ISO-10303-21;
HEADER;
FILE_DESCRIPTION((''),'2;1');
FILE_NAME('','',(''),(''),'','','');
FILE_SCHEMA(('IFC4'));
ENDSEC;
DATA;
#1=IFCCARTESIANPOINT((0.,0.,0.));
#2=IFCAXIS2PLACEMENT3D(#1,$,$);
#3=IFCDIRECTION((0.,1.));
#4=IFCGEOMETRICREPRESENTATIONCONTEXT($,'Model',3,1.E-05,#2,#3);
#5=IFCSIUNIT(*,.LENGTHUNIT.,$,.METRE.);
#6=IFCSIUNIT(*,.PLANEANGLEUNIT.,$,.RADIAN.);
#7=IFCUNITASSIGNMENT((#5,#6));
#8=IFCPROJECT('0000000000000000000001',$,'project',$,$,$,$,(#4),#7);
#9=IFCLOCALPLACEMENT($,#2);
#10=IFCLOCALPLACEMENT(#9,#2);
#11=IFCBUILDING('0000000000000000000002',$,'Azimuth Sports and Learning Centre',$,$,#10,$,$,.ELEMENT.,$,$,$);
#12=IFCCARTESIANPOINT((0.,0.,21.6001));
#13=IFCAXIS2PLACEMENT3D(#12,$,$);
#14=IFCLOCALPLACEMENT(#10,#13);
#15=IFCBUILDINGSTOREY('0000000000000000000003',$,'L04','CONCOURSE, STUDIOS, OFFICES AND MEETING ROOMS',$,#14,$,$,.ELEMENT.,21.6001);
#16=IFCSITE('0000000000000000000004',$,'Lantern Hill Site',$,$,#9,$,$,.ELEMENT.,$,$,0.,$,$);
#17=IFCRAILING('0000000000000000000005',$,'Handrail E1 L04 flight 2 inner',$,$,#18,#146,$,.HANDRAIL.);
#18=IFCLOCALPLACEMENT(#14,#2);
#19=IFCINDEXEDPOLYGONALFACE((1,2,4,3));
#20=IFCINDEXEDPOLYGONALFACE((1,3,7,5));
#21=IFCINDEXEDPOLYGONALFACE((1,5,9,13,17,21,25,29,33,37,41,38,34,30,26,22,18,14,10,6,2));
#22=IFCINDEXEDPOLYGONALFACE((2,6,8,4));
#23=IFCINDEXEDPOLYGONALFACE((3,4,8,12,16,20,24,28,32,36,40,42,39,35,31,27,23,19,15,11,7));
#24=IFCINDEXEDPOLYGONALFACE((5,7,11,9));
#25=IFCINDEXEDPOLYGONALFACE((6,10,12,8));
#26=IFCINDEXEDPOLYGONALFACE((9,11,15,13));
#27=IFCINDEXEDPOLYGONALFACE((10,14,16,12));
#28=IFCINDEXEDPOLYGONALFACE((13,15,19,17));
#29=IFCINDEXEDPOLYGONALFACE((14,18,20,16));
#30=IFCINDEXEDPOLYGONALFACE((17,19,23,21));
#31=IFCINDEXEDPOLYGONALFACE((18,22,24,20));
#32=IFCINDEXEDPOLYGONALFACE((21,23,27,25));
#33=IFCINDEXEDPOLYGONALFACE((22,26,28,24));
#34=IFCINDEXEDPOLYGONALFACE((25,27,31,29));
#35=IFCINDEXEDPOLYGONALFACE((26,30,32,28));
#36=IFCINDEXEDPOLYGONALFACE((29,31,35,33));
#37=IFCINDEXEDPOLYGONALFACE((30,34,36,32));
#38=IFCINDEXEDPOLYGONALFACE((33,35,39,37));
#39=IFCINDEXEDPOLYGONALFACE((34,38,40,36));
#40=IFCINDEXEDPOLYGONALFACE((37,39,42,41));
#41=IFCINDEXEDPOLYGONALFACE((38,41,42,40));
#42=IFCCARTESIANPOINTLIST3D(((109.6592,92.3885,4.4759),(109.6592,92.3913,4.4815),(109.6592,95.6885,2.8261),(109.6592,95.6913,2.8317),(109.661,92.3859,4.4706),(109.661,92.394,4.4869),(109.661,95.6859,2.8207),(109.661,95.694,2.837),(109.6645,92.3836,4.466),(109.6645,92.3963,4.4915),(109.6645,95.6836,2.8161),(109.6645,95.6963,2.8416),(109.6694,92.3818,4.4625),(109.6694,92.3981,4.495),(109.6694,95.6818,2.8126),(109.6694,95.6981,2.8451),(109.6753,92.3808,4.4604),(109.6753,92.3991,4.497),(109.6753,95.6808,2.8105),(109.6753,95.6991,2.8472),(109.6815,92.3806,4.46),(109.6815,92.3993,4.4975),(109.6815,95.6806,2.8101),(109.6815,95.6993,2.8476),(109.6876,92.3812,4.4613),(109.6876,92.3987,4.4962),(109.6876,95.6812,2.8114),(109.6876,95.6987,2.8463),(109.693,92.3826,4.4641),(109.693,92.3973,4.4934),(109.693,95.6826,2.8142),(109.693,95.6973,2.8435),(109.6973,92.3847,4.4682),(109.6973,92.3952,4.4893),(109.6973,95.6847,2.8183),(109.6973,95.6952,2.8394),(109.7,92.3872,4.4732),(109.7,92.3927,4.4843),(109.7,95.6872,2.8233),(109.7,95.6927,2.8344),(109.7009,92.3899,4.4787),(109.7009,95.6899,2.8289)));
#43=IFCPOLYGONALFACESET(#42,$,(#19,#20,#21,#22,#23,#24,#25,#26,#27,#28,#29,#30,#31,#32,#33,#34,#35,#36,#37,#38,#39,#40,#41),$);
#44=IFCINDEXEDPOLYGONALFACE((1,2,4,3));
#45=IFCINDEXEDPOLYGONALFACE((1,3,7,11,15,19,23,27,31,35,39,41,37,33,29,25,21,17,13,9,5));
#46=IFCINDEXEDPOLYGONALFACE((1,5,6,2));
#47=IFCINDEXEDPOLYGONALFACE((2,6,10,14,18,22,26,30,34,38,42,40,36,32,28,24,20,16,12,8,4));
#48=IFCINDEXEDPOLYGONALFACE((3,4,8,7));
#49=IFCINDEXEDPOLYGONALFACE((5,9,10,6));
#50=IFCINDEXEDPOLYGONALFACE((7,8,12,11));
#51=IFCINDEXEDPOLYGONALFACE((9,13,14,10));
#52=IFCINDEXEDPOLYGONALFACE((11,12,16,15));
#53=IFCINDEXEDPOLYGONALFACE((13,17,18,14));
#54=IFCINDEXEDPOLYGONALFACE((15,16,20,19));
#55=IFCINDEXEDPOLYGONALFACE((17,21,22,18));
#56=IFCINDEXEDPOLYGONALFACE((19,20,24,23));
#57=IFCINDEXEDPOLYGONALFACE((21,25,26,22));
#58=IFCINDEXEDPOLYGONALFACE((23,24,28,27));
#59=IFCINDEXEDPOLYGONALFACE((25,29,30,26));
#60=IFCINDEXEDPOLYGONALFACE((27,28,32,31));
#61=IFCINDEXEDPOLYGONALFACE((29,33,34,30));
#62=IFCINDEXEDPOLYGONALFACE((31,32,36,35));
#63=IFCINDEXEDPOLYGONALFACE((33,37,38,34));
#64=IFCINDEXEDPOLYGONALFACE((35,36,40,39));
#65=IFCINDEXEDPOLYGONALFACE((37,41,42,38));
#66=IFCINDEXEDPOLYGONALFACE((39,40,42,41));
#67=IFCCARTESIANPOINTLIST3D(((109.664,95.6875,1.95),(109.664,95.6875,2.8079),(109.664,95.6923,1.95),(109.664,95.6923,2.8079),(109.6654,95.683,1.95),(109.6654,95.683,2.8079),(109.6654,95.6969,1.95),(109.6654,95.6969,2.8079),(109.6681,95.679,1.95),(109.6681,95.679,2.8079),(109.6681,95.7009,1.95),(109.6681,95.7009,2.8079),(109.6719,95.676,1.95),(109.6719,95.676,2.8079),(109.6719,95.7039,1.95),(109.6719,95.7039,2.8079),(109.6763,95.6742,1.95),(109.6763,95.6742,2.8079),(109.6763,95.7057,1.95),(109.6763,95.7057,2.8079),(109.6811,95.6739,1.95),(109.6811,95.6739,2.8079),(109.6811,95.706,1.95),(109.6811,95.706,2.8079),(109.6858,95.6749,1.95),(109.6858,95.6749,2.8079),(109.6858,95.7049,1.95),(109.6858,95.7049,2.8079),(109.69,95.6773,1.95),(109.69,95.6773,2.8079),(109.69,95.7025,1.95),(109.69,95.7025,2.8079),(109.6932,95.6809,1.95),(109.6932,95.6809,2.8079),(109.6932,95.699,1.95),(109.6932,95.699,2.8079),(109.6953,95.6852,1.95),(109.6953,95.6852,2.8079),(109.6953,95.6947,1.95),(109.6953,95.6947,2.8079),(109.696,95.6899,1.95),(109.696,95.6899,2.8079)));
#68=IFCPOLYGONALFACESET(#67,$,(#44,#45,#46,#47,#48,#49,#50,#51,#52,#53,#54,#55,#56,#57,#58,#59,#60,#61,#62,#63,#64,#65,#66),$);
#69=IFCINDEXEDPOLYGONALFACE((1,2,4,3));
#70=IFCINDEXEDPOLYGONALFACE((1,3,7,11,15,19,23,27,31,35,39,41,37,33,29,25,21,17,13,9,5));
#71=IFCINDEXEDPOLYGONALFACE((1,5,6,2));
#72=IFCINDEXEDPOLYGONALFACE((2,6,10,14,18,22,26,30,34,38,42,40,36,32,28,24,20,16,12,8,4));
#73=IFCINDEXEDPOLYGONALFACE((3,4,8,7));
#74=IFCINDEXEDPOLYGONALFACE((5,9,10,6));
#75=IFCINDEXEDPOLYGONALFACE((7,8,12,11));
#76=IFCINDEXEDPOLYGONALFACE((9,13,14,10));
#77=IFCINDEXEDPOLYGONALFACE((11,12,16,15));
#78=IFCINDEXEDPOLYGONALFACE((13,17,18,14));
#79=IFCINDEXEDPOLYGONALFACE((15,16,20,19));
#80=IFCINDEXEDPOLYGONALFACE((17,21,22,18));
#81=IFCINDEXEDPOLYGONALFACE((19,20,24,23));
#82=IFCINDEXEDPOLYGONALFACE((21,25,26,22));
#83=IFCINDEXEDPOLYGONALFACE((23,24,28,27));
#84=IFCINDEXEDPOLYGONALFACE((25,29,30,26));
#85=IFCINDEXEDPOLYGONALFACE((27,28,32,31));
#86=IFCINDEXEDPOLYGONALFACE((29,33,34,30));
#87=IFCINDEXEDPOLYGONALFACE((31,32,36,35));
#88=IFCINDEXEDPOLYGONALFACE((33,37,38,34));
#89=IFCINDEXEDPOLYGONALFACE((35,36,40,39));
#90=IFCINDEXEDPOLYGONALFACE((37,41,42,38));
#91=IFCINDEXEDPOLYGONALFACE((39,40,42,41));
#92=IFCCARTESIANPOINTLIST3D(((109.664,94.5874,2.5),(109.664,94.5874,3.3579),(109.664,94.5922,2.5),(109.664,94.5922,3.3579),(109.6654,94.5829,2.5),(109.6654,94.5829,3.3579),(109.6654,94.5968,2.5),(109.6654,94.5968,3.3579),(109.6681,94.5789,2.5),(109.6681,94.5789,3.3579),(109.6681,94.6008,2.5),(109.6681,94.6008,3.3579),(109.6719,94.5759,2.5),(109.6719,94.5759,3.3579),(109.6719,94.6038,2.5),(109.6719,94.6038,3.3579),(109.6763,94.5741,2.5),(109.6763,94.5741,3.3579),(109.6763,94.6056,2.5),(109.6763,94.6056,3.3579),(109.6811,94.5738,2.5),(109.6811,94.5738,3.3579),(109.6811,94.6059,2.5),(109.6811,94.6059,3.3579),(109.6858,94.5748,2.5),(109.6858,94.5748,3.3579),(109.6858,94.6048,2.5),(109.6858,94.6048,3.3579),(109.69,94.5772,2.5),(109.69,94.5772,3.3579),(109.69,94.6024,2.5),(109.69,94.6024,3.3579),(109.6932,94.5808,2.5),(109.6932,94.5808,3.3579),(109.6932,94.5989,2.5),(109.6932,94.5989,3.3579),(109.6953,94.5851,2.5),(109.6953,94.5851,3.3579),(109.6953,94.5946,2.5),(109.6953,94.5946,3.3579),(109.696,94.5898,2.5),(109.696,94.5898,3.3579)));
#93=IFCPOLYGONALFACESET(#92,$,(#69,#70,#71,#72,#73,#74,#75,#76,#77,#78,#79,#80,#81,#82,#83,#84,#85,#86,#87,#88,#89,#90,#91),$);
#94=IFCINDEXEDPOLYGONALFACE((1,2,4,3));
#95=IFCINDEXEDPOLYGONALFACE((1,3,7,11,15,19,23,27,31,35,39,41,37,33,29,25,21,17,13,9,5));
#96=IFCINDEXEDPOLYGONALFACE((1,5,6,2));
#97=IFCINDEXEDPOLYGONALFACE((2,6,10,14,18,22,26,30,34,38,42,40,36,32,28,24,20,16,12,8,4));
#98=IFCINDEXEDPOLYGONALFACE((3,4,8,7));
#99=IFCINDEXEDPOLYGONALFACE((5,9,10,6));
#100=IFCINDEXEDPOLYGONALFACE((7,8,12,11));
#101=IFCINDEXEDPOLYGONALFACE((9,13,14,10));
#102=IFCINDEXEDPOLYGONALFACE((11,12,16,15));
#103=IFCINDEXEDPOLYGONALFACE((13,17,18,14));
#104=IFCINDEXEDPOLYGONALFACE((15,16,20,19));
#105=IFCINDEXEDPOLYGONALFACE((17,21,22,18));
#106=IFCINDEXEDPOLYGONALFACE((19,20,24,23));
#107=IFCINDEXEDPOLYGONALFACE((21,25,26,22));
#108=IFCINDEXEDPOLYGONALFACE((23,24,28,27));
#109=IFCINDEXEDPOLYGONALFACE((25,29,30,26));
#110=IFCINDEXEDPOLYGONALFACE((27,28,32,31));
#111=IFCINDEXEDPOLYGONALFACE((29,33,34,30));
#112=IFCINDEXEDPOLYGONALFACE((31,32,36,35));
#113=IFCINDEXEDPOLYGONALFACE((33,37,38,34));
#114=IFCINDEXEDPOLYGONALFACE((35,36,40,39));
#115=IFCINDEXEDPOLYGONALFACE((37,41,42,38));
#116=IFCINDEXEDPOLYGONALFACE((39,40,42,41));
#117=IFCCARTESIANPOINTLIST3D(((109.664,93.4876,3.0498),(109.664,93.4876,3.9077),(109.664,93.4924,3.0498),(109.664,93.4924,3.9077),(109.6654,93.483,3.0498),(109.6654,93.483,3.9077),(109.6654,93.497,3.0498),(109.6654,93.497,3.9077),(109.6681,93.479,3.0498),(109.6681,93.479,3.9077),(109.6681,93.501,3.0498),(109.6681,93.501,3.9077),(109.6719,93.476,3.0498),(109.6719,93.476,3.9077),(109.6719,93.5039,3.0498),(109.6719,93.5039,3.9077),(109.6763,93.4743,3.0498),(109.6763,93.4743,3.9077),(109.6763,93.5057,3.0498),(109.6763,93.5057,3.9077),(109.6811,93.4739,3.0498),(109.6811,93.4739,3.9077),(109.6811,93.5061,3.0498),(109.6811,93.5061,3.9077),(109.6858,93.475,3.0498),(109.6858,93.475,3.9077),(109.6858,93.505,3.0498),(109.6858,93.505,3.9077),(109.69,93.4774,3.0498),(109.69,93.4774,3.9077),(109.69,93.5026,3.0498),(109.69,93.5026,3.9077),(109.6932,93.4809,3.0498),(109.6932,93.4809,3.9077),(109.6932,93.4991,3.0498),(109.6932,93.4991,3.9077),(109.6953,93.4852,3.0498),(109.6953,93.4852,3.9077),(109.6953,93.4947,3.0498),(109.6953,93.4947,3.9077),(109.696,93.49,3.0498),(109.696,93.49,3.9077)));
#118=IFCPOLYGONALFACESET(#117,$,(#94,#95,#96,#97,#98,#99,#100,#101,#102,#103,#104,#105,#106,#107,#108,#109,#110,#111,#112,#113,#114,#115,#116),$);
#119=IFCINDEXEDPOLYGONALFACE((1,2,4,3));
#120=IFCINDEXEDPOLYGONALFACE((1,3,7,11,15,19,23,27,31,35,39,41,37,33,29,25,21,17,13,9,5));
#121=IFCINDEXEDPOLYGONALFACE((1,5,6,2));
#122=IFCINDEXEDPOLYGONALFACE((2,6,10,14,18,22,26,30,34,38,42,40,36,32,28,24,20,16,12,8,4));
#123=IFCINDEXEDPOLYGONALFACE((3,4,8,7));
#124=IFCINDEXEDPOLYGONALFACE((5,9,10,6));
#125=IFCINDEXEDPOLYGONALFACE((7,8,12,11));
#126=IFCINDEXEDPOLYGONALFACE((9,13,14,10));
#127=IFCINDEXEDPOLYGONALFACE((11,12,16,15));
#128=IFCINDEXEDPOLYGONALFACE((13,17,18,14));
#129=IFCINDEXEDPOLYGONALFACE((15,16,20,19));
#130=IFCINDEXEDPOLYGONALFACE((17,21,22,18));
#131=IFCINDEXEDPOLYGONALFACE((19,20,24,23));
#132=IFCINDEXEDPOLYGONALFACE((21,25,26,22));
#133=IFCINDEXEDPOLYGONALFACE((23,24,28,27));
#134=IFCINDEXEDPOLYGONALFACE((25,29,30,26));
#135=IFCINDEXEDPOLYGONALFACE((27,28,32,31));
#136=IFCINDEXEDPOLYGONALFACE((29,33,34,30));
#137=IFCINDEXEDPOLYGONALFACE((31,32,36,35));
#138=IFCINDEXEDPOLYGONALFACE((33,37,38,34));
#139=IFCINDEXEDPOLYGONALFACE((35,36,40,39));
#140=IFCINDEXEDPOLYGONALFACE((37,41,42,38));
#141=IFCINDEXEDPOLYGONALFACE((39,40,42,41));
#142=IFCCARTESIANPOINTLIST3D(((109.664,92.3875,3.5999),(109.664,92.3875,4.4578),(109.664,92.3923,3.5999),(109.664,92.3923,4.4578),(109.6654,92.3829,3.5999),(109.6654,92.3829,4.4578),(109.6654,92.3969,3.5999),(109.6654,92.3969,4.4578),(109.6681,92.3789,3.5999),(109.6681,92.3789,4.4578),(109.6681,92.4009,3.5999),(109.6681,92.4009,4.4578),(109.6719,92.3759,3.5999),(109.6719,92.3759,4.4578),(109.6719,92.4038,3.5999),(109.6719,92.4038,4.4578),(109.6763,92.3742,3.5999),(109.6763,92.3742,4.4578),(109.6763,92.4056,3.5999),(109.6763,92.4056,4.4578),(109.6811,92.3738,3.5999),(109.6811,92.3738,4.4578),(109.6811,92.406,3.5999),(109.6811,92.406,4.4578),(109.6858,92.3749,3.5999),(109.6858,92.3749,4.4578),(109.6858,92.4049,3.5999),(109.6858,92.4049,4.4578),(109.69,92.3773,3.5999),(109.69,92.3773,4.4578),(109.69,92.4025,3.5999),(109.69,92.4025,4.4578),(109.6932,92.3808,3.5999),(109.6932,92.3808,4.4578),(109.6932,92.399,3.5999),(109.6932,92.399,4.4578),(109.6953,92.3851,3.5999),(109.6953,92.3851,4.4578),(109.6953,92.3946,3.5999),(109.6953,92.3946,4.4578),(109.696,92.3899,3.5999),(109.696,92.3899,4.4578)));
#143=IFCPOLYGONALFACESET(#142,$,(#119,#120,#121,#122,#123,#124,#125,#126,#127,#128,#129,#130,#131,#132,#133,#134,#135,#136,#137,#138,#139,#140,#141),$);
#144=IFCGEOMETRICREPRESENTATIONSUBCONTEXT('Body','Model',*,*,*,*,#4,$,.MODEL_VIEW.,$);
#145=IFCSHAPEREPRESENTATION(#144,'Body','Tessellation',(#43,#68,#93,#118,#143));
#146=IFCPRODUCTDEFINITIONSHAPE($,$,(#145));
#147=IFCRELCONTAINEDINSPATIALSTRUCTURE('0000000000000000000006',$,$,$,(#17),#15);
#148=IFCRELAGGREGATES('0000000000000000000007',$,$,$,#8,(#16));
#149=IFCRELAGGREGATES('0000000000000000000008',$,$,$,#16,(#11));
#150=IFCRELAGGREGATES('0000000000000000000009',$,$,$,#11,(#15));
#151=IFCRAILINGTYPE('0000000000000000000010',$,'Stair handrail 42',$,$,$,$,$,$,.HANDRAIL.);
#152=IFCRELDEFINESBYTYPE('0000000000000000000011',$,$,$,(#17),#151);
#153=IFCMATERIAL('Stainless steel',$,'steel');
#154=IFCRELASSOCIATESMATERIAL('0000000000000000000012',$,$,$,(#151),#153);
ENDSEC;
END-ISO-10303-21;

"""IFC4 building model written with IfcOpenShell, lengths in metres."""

from ifc_helpers import new_model, si_unit, direction, frame, origin, origin_2d, place, context, subcontext, project, spatial, circle, extrude, material, type_object, element, save


model = new_model("IFC4")

# Units and contexts
model_context = context("Model", 3, precision=1e-05, world=origin(), true_north=direction((0.0, 1.0)))
body_context = subcontext(model_context, "Body", "Model", "MODEL_VIEW")
ifc_project = project(units=[si_unit("LENGTHUNIT", "METRE"), si_unit("PLANEANGLEUNIT", "RADIAN")], contexts=[model_context])

# Site, building, storey
site_placement = place(None, origin())
site = spatial("IfcSite", under=ifc_project, at=site_placement, Name="Lantern Hill Site", CompositionType="ELEMENT", RefElevation=0.0)
building_placement = place(site_placement, origin())
building = spatial("IfcBuilding", under=site, at=building_placement, Name="Azimuth Sports and Learning Centre", CompositionType="ELEMENT")
storey_placement = place(building_placement, frame((0.0, 0.0, 21.6001)))
storey = spatial("IfcBuildingStorey", under=building, at=storey_placement, Name="L04", Description="CONCOURSE, STUDIOS, OFFICES AND MEETING ROOMS", CompositionType="ELEMENT", Elevation=21.6001)

# Railing
ifc_material_1 = material(Name="Stainless steel", Category="steel")
railing_type = type_object("IfcRailingType", Name="Stair handrail 42", PredefinedType="HANDRAIL", material=ifc_material_1)
for number, where, name in (
    (1, (109.6799, 95.6899, 1.95), "Handrail E1 L04 flight 2 inner"),
):
    element("IfcRailing", number, at=place(storey_placement, frame(where)), inside=storey, type_object=railing_type, Name=name, PredefinedType="HANDRAIL", context=body_context, shape_type="SweptSolid", body=[
        extrude(circle(Radius=0.021, at=origin_2d()), frame((0.0, 0.0, 0.8789), z_axis=(0.0, -0.89444, 0.447187), x_axis=(1.0, 0.0, 0.0)), (0.0, 0.0, 1.0), 3.6895),
        extrude(circle(Radius=0.0161, at=origin_2d()), origin(), (0.0, 0.0, 1.0), 0.8579),
        extrude(circle(Radius=0.0161, at=origin_2d()), frame((0.0, -1.1001, 0.55)), (0.0, 0.0, 1.0), 0.8579),
        extrude(circle(Radius=0.0161, at=origin_2d()), frame((0.0, -2.2, 1.0999)), (0.0, 0.0, 1.0), 0.8579),
        extrude(circle(Radius=0.0161, at=origin_2d()), frame((0.0, -3.3, 1.6499)), (0.0, 0.0, 1.0), 0.8579),
    ])

save(model, "model.ifc")
